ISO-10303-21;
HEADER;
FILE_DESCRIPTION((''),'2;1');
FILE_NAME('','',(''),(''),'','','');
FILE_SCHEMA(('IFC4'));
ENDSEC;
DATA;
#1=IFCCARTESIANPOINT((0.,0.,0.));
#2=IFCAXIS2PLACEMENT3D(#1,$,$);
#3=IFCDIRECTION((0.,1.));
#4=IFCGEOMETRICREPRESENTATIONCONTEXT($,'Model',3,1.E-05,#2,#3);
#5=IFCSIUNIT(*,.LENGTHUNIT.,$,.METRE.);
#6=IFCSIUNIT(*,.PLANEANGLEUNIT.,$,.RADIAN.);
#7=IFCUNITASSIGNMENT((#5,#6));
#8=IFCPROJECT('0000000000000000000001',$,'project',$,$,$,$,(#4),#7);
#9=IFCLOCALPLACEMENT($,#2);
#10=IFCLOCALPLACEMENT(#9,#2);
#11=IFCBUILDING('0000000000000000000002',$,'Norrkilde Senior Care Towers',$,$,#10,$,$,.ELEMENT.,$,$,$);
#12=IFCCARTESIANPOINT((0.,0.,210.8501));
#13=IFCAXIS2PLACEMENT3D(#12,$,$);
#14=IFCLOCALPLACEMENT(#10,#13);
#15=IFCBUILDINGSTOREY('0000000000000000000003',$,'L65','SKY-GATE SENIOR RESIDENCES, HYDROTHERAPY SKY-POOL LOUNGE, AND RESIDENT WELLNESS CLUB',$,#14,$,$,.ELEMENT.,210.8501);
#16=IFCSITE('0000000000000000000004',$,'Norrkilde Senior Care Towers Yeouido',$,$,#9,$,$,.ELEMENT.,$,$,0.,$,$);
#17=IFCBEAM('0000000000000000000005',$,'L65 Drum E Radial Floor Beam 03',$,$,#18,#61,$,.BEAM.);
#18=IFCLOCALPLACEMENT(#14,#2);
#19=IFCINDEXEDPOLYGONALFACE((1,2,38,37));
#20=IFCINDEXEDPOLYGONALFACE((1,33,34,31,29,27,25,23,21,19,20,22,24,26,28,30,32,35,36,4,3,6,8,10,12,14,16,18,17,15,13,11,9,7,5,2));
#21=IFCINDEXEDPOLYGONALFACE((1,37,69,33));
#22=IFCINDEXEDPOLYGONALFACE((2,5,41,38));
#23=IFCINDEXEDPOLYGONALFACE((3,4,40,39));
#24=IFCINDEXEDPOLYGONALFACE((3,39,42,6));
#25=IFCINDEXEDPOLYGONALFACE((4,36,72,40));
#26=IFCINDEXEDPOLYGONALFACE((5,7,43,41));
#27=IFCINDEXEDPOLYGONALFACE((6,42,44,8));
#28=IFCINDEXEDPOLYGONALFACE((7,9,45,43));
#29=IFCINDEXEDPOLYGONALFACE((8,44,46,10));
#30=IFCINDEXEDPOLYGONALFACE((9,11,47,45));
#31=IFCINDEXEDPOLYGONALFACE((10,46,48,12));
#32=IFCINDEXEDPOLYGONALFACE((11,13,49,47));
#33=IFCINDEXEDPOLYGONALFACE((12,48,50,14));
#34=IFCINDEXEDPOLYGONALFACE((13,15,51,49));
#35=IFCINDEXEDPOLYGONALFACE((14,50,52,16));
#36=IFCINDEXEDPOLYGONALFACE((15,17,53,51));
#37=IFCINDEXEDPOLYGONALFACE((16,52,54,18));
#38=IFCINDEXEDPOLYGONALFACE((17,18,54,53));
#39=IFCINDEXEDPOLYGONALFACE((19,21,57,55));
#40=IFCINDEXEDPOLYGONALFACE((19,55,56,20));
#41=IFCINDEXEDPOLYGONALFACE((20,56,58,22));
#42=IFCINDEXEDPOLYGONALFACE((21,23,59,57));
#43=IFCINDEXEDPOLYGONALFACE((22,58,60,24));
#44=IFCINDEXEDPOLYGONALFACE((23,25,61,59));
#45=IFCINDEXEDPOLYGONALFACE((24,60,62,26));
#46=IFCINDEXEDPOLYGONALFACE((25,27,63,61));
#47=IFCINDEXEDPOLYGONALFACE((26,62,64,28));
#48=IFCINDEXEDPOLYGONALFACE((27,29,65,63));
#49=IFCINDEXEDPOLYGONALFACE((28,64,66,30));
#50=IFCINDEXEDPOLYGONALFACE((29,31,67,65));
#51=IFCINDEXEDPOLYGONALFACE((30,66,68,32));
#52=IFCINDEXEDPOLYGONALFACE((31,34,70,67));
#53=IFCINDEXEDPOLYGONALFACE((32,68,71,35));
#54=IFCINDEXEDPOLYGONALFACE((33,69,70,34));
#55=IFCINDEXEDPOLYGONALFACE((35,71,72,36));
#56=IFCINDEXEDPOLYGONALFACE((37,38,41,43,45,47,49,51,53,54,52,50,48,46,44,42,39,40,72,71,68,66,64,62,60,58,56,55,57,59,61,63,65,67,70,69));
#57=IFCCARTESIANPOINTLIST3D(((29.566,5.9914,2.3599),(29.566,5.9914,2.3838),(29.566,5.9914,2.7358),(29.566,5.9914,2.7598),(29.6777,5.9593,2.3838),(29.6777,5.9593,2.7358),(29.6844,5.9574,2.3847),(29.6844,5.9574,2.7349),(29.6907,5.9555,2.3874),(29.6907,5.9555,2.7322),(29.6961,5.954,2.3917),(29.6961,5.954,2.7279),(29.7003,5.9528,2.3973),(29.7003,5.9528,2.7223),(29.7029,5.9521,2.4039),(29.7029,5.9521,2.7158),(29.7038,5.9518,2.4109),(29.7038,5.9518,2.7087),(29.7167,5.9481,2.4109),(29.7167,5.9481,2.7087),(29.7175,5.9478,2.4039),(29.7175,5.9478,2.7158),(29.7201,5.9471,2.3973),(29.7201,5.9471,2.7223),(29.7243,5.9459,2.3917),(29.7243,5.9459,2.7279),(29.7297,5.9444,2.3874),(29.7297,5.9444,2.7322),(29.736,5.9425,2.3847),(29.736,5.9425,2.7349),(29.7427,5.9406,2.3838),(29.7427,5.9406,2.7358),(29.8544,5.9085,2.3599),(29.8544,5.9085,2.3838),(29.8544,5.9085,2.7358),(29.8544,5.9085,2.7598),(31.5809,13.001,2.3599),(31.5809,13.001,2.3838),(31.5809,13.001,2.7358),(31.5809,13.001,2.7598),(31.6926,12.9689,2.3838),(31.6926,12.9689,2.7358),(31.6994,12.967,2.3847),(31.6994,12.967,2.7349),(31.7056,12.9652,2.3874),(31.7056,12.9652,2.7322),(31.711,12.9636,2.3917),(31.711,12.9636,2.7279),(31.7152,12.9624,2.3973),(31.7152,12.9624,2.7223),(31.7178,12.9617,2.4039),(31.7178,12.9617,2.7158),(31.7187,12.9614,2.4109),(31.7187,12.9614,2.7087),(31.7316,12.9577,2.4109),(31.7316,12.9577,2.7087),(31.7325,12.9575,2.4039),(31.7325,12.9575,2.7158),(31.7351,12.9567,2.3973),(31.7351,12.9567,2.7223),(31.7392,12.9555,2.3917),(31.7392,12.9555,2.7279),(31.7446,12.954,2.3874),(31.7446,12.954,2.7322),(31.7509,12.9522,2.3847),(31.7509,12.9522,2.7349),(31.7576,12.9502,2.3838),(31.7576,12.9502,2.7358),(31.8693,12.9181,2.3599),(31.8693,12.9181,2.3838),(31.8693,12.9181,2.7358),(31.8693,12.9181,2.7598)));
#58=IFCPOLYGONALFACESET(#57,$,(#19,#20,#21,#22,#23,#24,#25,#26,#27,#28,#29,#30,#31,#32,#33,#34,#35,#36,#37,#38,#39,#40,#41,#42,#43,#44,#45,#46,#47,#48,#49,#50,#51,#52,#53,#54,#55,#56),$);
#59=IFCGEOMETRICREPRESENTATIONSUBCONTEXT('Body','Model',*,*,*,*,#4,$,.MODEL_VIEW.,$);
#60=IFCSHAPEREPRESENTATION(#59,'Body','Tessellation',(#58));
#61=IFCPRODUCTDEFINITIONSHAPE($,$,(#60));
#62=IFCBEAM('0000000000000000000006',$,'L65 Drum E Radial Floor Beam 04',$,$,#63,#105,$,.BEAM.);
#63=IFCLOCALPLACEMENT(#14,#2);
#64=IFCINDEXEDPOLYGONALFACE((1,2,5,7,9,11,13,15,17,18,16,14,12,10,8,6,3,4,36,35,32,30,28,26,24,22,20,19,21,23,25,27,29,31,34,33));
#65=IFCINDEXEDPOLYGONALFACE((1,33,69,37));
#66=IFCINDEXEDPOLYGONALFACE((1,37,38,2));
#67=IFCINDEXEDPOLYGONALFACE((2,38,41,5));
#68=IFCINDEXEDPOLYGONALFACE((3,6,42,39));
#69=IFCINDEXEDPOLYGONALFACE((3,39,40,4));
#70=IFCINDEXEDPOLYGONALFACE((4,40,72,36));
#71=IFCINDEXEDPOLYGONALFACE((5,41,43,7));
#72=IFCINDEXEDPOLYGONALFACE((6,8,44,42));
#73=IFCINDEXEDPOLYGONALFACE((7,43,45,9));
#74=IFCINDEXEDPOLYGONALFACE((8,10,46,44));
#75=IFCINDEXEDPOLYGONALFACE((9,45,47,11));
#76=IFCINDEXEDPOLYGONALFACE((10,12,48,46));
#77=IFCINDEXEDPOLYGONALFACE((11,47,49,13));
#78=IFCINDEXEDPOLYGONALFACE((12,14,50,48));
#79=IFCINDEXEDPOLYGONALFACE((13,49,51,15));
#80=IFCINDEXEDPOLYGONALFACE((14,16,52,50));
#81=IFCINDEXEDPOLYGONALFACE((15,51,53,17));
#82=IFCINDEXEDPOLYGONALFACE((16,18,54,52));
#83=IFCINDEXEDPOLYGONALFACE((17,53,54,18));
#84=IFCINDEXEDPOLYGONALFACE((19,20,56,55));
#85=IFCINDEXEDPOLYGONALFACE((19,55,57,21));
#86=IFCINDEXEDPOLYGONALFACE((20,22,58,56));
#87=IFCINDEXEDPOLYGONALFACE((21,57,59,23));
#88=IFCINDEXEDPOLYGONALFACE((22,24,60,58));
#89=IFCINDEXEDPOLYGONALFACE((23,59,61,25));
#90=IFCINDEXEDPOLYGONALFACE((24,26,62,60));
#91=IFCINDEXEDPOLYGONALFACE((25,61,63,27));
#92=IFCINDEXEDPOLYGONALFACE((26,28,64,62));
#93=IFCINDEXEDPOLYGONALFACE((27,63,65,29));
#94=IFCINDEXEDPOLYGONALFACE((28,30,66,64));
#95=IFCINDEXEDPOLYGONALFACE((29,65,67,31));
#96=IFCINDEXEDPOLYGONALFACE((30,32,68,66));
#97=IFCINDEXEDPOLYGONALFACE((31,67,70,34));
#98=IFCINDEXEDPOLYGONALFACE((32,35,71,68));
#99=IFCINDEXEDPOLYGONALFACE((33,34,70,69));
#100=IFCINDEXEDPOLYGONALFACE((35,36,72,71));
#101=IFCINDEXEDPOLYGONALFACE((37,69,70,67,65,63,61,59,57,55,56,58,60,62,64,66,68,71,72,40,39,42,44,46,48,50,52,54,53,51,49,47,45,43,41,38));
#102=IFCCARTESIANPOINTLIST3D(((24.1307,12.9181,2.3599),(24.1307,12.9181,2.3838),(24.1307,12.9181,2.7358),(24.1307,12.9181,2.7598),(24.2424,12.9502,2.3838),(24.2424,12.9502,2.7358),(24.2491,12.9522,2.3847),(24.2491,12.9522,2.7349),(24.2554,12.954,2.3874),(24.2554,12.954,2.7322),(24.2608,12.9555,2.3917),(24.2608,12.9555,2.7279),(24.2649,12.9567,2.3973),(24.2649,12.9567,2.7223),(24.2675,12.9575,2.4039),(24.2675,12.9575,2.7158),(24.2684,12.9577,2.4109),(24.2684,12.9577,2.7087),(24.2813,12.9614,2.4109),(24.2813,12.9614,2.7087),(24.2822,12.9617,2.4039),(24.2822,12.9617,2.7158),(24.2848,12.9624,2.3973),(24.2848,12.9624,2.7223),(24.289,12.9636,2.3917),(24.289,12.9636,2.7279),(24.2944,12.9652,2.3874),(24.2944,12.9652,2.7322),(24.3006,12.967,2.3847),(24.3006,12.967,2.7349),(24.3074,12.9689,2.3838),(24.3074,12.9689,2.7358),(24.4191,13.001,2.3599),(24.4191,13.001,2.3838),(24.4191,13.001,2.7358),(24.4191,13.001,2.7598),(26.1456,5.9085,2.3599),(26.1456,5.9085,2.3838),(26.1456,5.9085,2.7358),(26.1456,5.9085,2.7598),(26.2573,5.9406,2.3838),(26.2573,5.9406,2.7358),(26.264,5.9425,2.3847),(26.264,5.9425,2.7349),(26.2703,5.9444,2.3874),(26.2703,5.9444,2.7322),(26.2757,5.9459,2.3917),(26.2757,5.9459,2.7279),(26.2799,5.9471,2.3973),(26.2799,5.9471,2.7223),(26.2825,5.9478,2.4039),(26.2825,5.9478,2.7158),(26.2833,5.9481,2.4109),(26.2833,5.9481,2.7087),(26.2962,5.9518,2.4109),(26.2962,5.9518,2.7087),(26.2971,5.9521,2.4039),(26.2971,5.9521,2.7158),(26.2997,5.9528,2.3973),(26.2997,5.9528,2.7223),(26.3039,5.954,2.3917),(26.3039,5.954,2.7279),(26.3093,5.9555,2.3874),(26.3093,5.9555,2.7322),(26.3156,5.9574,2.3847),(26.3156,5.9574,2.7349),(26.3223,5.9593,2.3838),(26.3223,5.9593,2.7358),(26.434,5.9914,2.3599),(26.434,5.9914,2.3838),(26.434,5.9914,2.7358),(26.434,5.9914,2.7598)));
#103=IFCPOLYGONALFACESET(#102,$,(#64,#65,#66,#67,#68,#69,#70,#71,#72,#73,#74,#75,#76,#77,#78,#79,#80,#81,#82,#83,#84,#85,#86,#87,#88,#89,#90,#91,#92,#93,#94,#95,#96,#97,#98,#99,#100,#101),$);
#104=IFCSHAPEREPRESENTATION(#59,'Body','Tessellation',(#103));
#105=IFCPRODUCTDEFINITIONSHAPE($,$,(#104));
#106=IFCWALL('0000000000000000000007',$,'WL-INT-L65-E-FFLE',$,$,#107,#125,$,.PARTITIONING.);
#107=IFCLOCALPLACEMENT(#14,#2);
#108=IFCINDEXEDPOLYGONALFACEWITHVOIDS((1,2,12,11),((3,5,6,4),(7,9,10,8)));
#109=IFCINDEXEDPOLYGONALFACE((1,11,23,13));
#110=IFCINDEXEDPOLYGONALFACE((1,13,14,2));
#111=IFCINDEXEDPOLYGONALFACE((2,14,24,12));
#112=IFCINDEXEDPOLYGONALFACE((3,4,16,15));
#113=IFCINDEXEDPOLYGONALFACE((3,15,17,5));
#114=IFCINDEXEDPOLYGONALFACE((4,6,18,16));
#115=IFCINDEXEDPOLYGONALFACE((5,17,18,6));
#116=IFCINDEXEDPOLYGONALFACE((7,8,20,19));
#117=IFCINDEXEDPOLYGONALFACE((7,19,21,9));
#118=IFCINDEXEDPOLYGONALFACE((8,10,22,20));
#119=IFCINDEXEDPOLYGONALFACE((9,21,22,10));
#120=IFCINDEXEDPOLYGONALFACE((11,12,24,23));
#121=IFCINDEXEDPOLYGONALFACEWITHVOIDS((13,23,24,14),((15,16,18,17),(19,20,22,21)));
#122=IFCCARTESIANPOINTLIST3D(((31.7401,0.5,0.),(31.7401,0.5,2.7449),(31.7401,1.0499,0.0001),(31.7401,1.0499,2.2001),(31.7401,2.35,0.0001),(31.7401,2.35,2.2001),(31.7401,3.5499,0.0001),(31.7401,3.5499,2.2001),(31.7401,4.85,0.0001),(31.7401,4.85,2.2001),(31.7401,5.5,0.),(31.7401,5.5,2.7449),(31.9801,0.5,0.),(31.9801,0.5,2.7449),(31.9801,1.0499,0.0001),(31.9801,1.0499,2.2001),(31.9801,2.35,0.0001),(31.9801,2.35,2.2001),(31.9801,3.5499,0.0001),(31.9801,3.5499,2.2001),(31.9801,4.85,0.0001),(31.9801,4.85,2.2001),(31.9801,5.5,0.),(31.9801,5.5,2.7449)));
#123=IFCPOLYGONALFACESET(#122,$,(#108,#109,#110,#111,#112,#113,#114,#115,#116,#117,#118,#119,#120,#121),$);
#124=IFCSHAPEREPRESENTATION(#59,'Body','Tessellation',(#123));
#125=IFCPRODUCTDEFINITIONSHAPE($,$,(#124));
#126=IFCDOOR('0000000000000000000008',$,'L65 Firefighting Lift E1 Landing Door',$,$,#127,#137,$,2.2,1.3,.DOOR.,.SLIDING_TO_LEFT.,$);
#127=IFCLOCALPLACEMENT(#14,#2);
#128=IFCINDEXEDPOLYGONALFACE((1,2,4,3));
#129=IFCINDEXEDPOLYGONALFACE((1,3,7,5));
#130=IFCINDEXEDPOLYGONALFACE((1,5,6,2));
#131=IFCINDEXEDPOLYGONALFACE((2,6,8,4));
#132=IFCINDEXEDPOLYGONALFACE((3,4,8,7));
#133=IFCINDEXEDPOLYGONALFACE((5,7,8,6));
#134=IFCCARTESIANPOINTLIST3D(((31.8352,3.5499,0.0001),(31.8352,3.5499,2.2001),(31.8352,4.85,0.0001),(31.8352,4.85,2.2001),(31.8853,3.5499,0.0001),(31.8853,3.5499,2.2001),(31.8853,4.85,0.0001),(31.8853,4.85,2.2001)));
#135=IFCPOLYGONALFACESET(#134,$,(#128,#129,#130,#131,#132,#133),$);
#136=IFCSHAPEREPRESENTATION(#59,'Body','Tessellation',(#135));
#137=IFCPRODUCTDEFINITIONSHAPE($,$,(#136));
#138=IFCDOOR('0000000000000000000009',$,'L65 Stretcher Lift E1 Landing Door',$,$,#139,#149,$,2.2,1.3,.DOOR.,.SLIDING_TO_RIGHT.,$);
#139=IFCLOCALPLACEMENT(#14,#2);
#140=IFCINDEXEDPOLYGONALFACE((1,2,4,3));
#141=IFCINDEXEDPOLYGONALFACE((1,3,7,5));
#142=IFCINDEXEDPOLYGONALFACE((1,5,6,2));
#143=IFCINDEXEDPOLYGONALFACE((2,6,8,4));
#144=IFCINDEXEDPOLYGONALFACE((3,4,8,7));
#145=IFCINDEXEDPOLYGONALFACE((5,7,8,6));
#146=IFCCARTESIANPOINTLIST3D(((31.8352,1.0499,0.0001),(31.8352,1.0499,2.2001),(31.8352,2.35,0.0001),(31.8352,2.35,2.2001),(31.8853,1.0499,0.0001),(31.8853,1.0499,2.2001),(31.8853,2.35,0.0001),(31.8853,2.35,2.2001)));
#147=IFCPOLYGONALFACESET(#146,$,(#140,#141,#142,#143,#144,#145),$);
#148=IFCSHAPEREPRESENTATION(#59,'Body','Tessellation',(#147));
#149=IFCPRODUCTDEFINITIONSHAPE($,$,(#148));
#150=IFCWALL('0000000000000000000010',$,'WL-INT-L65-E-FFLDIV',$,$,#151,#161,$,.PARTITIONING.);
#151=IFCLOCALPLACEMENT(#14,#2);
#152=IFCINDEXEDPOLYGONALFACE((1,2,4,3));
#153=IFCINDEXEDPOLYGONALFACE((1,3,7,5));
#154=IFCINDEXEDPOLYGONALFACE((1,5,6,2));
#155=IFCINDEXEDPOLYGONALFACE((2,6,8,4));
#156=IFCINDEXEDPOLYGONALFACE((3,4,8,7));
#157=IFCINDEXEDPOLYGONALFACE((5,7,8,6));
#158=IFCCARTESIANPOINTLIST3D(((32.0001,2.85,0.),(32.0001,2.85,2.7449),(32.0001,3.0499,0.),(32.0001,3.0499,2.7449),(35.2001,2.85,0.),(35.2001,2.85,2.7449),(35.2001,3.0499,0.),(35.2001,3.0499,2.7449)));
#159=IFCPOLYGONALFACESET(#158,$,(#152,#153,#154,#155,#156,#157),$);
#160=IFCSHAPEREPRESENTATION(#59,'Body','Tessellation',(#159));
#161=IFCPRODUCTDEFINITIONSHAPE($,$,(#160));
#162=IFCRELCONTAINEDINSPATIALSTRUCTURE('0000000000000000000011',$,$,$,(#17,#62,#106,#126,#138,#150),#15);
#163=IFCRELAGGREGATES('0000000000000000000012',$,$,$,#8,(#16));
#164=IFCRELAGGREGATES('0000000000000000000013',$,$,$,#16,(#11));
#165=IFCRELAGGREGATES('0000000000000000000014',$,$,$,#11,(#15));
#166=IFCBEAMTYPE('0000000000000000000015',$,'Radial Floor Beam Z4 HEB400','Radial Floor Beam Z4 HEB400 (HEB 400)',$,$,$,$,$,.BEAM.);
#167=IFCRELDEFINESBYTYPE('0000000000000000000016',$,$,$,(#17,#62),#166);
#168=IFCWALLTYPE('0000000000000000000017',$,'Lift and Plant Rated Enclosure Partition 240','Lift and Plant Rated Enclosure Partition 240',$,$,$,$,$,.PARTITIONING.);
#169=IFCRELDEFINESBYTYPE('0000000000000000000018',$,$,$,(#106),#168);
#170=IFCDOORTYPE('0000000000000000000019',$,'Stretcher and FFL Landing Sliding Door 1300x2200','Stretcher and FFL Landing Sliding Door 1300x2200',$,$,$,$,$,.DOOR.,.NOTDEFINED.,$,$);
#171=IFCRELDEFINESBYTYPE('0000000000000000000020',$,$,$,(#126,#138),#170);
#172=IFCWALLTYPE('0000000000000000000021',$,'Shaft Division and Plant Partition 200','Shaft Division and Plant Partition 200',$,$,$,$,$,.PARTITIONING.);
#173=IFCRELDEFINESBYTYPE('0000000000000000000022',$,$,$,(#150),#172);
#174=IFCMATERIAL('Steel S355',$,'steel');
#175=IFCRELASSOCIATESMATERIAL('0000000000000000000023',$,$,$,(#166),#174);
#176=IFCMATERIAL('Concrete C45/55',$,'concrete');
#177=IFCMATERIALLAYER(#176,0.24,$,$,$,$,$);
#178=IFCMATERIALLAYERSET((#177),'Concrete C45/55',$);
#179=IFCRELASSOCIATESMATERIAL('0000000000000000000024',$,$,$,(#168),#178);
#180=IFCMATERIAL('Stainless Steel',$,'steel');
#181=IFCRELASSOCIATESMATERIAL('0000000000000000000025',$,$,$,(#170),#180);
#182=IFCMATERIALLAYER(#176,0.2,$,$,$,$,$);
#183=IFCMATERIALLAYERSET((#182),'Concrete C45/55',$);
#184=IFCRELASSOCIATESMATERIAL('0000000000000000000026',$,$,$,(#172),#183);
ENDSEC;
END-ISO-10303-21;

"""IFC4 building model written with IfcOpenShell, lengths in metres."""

from ifc_helpers import new_model, si_unit, direction, frame, frame_2d, origin, origin_2d, place, context, subcontext, project, spatial, rectangle, i_section, extrude, source, transform, mapped, material, layer, layer_set, material_profile, profile_set, type_object, type_shapes, element, fill, save


model = new_model("IFC4")

# Units and contexts
model_context = context("Model", 3, precision=1e-05, world=origin(), true_north=direction((0.0, 1.0)))
body_context = subcontext(model_context, "Body", "Model", "MODEL_VIEW")
ifc_project = project(units=[si_unit("LENGTHUNIT", "METRE"), si_unit("PLANEANGLEUNIT", "RADIAN")], contexts=[model_context])

# Site, building, storey
site_placement = place(None, origin())
site = spatial("IfcSite", under=ifc_project, at=site_placement, Name="Norrkilde Senior Care Towers Yeouido", CompositionType="ELEMENT", RefElevation=0.0)
building_placement = place(site_placement, origin())
building = spatial("IfcBuilding", under=site, at=building_placement, Name="Norrkilde Senior Care Towers", CompositionType="ELEMENT")
storey_placement = place(building_placement, frame((0.0, 0.0, 210.8501)))
storey = spatial("IfcBuildingStorey", under=building, at=storey_placement, Name="L65", Description="SKY-GATE SENIOR RESIDENCES, HYDROTHERAPY SKY-POOL LOUNGE, AND RESIDENT WELLNESS CLUB", CompositionType="ELEMENT", Elevation=210.8501)

# Beams
ifc_material_1 = material(Name="Steel S355", Category="steel")
ifc_material_profile = material_profile(ifc_material_1, i_section(OverallWidth=0.3, OverallDepth=0.3999, WebThickness=0.0134, FlangeThickness=0.0239, FilletRadius=0.0271, at=origin_2d()), Name="HEB 400")
ifc_profile_set = profile_set([ifc_material_profile], Name="Steel S355")
beam_type = type_object("IfcBeamType", Name="Radial Floor Beam Z4 HEB400", Description="Radial Floor Beam Z4 HEB400 (HEB 400)", PredefinedType="BEAM", material=ifc_profile_set)
shared_shape_1 = source(origin(), body_context, "Body", "SweptSolid", [
    extrude(i_section(OverallWidth=0.3, OverallDepth=0.3999, WebThickness=0.0134, FlangeThickness=0.0239, FilletRadius=0.0271, at=origin_2d()), origin(), (0.0, 0.0, 1.0), 7.2935),
])
type_shapes(beam_type, [shared_shape_1])
for number, where, z_axis, x_axis, name in (
    (1, (29.7102, 5.95, 2.5598), (0.276264, 0.961082, 0.0), (-0.961082, 0.276264, 0.0), "L65 Drum E Radial Floor Beam 03"),
    (2, (26.2898, 5.95, 2.5598), (-0.276264, 0.961082, 0.0), (-0.961082, -0.276264, 0.0), "L65 Drum E Radial Floor Beam 04"),
):
    element("IfcBeam", number, at=place(storey_placement, frame(where, z_axis=z_axis, x_axis=x_axis)), inside=storey, type_object=beam_type, Name=name, PredefinedType="BEAM", context=body_context, shape_type="MappedRepresentation", body=[
        mapped(shared_shape_1, transform((0.0, 0.0, 0.0), x_axis=(1.0, 0.0, 0.0), y_axis=(0.0, 1.0, 0.0), z_axis=(0.0, 0.0, 1.0), scale=1.0)),
    ])

# Shared definitions
ifc_material_2 = material(Name="Concrete C45/55", Category="concrete")

# Wall, openings, doors
ifc_layer_1 = layer(ifc_material_2, 0.24)
ifc_layer_set_1 = layer_set([ifc_layer_1], Name="Concrete C45/55")
wall_type_1 = type_object("IfcWallType", Name="Lift and Plant Rated Enclosure Partition 240", Description="Lift and Plant Rated Enclosure Partition 240", PredefinedType="PARTITIONING", material=ifc_layer_set_1)
shared_shape_2 = source(origin(), body_context, "Body", "SweptSolid", [
    extrude(rectangle(XDim=5.0, YDim=0.24, at=frame_2d((2.5, 0.0))), origin(), (0.0, 0.0, 1.0), 2.7449),
])
type_shapes(wall_type_1, [shared_shape_2])
wall_1_placement = place(storey_placement, frame((31.8601, 0.5, 0.0), z_axis=(0.0, 0.0, 1.0), x_axis=(0.0, 1.0, 0.0)))
wall_1 = element("IfcWall", 3, at=wall_1_placement, inside=storey, type_object=wall_type_1, Name="WL-INT-L65-E-FFLE", PredefinedType="PARTITIONING", context=body_context, shape_type="MappedRepresentation", body=[
    mapped(shared_shape_2, transform((0.0, 0.0, 0.0), x_axis=(1.0, 0.0, 0.0), y_axis=(0.0, 1.0, 0.0), z_axis=(0.0, 0.0, 1.0), scale=1.0)),
])
opening_1_placement = place(wall_1_placement, frame((3.05, 0.0, 0.0)))
opening_1 = element("IfcOpeningElement", 4, at=opening_1_placement, cuts=wall_1, PredefinedType="OPENING", context=body_context, shape_type="SweptSolid", body=[
    extrude(rectangle(XDim=1.3, YDim=2.2, at=frame_2d((0.6499, 1.1001))), frame((0.0, 0.1299, 0.0), z_axis=(0.0, -1.0, 0.0), x_axis=(1.0, 0.0, 0.0)), (0.0, 0.0, 1.0), 0.26),
])
opening_2_placement = place(wall_1_placement, frame((0.55, 0.0, 0.0)))
opening_2 = element("IfcOpeningElement", 5, at=opening_2_placement, cuts=wall_1, PredefinedType="OPENING", context=body_context, shape_type="SweptSolid", body=[
    extrude(rectangle(XDim=1.3, YDim=2.2, at=frame_2d((0.6499, 1.1001))), frame((0.0, 0.1299, 0.0), z_axis=(0.0, -1.0, 0.0), x_axis=(1.0, 0.0, 0.0)), (0.0, 0.0, 1.0), 0.26),
])
ifc_material_3 = material(Name="Stainless Steel", Category="steel")
door_type_1 = type_object("IfcDoorType", Name="Stretcher and FFL Landing Sliding Door 1300x2200", Description="Stretcher and FFL Landing Sliding Door 1300x2200", OperationType="NOTDEFINED", PredefinedType="DOOR", material=ifc_material_3)
shared_shape_3 = source(origin(), body_context, "Body", "SweptSolid", [
    extrude(rectangle(XDim=1.3, YDim=2.2, at=frame_2d((0.6499, 1.1001))), frame((0.0, 0.0249, 0.0), z_axis=(0.0, -1.0, 0.0), x_axis=(1.0, 0.0, 0.0)), (0.0, 0.0, 1.0), 0.05),
])
type_shapes(door_type_1, [shared_shape_3])
door_1_placement = place(opening_1_placement, origin())
door_1 = element("IfcDoor", 6, at=door_1_placement, inside=storey, type_object=door_type_1, Name="L65 Firefighting Lift E1 Landing Door", OperationType="SLIDING_TO_LEFT", OverallHeight=2.2, OverallWidth=1.3, PredefinedType="DOOR", context=body_context, shape_type="MappedRepresentation", body=[
    mapped(shared_shape_3, transform((0.0, 0.0, 0.0), x_axis=(1.0, 0.0, 0.0), y_axis=(0.0, 1.0, 0.0), z_axis=(0.0, 0.0, 1.0), scale=1.0)),
])
fill(opening_1, door_1)
door_2_placement = place(opening_2_placement, origin())
door_2 = element("IfcDoor", 7, at=door_2_placement, inside=storey, type_object=door_type_1, Name="L65 Stretcher Lift E1 Landing Door", OperationType="SLIDING_TO_RIGHT", OverallHeight=2.2, OverallWidth=1.3, PredefinedType="DOOR", context=body_context, shape_type="MappedRepresentation", body=[
    mapped(shared_shape_3, transform((0.0, 0.0, 0.0), x_axis=(1.0, 0.0, 0.0), y_axis=(0.0, 1.0, 0.0), z_axis=(0.0, 0.0, 1.0), scale=1.0)),
])
fill(opening_2, door_2)

# Wall
ifc_layer_2 = layer(ifc_material_2, 0.2)
ifc_layer_set_2 = layer_set([ifc_layer_2], Name="Concrete C45/55")
wall_type_2 = type_object("IfcWallType", Name="Shaft Division and Plant Partition 200", Description="Shaft Division and Plant Partition 200", PredefinedType="PARTITIONING", material=ifc_layer_set_2)
shared_shape_4 = source(origin(), body_context, "Body", "SweptSolid", [
    extrude(rectangle(XDim=3.2, YDim=0.2, at=frame_2d((1.6001, 0.0))), origin(), (0.0, 0.0, 1.0), 2.7449),
])
type_shapes(wall_type_2, [shared_shape_4])
wall_2_placement = place(storey_placement, frame((32.0, 2.95, 0.0), z_axis=(0.0, 0.0, 1.0), x_axis=(1.0, 0.0, 0.0)))
element("IfcWall", 8, at=wall_2_placement, inside=storey, type_object=wall_type_2, Name="WL-INT-L65-E-FFLDIV", PredefinedType="PARTITIONING", context=body_context, shape_type="MappedRepresentation", body=[
    mapped(shared_shape_4, transform((0.0, 0.0, 0.0), x_axis=(1.0, 0.0, 0.0), y_axis=(0.0, 1.0, 0.0), z_axis=(0.0, 0.0, 1.0), scale=1.0)),
])

save(model, "model.ifc")
